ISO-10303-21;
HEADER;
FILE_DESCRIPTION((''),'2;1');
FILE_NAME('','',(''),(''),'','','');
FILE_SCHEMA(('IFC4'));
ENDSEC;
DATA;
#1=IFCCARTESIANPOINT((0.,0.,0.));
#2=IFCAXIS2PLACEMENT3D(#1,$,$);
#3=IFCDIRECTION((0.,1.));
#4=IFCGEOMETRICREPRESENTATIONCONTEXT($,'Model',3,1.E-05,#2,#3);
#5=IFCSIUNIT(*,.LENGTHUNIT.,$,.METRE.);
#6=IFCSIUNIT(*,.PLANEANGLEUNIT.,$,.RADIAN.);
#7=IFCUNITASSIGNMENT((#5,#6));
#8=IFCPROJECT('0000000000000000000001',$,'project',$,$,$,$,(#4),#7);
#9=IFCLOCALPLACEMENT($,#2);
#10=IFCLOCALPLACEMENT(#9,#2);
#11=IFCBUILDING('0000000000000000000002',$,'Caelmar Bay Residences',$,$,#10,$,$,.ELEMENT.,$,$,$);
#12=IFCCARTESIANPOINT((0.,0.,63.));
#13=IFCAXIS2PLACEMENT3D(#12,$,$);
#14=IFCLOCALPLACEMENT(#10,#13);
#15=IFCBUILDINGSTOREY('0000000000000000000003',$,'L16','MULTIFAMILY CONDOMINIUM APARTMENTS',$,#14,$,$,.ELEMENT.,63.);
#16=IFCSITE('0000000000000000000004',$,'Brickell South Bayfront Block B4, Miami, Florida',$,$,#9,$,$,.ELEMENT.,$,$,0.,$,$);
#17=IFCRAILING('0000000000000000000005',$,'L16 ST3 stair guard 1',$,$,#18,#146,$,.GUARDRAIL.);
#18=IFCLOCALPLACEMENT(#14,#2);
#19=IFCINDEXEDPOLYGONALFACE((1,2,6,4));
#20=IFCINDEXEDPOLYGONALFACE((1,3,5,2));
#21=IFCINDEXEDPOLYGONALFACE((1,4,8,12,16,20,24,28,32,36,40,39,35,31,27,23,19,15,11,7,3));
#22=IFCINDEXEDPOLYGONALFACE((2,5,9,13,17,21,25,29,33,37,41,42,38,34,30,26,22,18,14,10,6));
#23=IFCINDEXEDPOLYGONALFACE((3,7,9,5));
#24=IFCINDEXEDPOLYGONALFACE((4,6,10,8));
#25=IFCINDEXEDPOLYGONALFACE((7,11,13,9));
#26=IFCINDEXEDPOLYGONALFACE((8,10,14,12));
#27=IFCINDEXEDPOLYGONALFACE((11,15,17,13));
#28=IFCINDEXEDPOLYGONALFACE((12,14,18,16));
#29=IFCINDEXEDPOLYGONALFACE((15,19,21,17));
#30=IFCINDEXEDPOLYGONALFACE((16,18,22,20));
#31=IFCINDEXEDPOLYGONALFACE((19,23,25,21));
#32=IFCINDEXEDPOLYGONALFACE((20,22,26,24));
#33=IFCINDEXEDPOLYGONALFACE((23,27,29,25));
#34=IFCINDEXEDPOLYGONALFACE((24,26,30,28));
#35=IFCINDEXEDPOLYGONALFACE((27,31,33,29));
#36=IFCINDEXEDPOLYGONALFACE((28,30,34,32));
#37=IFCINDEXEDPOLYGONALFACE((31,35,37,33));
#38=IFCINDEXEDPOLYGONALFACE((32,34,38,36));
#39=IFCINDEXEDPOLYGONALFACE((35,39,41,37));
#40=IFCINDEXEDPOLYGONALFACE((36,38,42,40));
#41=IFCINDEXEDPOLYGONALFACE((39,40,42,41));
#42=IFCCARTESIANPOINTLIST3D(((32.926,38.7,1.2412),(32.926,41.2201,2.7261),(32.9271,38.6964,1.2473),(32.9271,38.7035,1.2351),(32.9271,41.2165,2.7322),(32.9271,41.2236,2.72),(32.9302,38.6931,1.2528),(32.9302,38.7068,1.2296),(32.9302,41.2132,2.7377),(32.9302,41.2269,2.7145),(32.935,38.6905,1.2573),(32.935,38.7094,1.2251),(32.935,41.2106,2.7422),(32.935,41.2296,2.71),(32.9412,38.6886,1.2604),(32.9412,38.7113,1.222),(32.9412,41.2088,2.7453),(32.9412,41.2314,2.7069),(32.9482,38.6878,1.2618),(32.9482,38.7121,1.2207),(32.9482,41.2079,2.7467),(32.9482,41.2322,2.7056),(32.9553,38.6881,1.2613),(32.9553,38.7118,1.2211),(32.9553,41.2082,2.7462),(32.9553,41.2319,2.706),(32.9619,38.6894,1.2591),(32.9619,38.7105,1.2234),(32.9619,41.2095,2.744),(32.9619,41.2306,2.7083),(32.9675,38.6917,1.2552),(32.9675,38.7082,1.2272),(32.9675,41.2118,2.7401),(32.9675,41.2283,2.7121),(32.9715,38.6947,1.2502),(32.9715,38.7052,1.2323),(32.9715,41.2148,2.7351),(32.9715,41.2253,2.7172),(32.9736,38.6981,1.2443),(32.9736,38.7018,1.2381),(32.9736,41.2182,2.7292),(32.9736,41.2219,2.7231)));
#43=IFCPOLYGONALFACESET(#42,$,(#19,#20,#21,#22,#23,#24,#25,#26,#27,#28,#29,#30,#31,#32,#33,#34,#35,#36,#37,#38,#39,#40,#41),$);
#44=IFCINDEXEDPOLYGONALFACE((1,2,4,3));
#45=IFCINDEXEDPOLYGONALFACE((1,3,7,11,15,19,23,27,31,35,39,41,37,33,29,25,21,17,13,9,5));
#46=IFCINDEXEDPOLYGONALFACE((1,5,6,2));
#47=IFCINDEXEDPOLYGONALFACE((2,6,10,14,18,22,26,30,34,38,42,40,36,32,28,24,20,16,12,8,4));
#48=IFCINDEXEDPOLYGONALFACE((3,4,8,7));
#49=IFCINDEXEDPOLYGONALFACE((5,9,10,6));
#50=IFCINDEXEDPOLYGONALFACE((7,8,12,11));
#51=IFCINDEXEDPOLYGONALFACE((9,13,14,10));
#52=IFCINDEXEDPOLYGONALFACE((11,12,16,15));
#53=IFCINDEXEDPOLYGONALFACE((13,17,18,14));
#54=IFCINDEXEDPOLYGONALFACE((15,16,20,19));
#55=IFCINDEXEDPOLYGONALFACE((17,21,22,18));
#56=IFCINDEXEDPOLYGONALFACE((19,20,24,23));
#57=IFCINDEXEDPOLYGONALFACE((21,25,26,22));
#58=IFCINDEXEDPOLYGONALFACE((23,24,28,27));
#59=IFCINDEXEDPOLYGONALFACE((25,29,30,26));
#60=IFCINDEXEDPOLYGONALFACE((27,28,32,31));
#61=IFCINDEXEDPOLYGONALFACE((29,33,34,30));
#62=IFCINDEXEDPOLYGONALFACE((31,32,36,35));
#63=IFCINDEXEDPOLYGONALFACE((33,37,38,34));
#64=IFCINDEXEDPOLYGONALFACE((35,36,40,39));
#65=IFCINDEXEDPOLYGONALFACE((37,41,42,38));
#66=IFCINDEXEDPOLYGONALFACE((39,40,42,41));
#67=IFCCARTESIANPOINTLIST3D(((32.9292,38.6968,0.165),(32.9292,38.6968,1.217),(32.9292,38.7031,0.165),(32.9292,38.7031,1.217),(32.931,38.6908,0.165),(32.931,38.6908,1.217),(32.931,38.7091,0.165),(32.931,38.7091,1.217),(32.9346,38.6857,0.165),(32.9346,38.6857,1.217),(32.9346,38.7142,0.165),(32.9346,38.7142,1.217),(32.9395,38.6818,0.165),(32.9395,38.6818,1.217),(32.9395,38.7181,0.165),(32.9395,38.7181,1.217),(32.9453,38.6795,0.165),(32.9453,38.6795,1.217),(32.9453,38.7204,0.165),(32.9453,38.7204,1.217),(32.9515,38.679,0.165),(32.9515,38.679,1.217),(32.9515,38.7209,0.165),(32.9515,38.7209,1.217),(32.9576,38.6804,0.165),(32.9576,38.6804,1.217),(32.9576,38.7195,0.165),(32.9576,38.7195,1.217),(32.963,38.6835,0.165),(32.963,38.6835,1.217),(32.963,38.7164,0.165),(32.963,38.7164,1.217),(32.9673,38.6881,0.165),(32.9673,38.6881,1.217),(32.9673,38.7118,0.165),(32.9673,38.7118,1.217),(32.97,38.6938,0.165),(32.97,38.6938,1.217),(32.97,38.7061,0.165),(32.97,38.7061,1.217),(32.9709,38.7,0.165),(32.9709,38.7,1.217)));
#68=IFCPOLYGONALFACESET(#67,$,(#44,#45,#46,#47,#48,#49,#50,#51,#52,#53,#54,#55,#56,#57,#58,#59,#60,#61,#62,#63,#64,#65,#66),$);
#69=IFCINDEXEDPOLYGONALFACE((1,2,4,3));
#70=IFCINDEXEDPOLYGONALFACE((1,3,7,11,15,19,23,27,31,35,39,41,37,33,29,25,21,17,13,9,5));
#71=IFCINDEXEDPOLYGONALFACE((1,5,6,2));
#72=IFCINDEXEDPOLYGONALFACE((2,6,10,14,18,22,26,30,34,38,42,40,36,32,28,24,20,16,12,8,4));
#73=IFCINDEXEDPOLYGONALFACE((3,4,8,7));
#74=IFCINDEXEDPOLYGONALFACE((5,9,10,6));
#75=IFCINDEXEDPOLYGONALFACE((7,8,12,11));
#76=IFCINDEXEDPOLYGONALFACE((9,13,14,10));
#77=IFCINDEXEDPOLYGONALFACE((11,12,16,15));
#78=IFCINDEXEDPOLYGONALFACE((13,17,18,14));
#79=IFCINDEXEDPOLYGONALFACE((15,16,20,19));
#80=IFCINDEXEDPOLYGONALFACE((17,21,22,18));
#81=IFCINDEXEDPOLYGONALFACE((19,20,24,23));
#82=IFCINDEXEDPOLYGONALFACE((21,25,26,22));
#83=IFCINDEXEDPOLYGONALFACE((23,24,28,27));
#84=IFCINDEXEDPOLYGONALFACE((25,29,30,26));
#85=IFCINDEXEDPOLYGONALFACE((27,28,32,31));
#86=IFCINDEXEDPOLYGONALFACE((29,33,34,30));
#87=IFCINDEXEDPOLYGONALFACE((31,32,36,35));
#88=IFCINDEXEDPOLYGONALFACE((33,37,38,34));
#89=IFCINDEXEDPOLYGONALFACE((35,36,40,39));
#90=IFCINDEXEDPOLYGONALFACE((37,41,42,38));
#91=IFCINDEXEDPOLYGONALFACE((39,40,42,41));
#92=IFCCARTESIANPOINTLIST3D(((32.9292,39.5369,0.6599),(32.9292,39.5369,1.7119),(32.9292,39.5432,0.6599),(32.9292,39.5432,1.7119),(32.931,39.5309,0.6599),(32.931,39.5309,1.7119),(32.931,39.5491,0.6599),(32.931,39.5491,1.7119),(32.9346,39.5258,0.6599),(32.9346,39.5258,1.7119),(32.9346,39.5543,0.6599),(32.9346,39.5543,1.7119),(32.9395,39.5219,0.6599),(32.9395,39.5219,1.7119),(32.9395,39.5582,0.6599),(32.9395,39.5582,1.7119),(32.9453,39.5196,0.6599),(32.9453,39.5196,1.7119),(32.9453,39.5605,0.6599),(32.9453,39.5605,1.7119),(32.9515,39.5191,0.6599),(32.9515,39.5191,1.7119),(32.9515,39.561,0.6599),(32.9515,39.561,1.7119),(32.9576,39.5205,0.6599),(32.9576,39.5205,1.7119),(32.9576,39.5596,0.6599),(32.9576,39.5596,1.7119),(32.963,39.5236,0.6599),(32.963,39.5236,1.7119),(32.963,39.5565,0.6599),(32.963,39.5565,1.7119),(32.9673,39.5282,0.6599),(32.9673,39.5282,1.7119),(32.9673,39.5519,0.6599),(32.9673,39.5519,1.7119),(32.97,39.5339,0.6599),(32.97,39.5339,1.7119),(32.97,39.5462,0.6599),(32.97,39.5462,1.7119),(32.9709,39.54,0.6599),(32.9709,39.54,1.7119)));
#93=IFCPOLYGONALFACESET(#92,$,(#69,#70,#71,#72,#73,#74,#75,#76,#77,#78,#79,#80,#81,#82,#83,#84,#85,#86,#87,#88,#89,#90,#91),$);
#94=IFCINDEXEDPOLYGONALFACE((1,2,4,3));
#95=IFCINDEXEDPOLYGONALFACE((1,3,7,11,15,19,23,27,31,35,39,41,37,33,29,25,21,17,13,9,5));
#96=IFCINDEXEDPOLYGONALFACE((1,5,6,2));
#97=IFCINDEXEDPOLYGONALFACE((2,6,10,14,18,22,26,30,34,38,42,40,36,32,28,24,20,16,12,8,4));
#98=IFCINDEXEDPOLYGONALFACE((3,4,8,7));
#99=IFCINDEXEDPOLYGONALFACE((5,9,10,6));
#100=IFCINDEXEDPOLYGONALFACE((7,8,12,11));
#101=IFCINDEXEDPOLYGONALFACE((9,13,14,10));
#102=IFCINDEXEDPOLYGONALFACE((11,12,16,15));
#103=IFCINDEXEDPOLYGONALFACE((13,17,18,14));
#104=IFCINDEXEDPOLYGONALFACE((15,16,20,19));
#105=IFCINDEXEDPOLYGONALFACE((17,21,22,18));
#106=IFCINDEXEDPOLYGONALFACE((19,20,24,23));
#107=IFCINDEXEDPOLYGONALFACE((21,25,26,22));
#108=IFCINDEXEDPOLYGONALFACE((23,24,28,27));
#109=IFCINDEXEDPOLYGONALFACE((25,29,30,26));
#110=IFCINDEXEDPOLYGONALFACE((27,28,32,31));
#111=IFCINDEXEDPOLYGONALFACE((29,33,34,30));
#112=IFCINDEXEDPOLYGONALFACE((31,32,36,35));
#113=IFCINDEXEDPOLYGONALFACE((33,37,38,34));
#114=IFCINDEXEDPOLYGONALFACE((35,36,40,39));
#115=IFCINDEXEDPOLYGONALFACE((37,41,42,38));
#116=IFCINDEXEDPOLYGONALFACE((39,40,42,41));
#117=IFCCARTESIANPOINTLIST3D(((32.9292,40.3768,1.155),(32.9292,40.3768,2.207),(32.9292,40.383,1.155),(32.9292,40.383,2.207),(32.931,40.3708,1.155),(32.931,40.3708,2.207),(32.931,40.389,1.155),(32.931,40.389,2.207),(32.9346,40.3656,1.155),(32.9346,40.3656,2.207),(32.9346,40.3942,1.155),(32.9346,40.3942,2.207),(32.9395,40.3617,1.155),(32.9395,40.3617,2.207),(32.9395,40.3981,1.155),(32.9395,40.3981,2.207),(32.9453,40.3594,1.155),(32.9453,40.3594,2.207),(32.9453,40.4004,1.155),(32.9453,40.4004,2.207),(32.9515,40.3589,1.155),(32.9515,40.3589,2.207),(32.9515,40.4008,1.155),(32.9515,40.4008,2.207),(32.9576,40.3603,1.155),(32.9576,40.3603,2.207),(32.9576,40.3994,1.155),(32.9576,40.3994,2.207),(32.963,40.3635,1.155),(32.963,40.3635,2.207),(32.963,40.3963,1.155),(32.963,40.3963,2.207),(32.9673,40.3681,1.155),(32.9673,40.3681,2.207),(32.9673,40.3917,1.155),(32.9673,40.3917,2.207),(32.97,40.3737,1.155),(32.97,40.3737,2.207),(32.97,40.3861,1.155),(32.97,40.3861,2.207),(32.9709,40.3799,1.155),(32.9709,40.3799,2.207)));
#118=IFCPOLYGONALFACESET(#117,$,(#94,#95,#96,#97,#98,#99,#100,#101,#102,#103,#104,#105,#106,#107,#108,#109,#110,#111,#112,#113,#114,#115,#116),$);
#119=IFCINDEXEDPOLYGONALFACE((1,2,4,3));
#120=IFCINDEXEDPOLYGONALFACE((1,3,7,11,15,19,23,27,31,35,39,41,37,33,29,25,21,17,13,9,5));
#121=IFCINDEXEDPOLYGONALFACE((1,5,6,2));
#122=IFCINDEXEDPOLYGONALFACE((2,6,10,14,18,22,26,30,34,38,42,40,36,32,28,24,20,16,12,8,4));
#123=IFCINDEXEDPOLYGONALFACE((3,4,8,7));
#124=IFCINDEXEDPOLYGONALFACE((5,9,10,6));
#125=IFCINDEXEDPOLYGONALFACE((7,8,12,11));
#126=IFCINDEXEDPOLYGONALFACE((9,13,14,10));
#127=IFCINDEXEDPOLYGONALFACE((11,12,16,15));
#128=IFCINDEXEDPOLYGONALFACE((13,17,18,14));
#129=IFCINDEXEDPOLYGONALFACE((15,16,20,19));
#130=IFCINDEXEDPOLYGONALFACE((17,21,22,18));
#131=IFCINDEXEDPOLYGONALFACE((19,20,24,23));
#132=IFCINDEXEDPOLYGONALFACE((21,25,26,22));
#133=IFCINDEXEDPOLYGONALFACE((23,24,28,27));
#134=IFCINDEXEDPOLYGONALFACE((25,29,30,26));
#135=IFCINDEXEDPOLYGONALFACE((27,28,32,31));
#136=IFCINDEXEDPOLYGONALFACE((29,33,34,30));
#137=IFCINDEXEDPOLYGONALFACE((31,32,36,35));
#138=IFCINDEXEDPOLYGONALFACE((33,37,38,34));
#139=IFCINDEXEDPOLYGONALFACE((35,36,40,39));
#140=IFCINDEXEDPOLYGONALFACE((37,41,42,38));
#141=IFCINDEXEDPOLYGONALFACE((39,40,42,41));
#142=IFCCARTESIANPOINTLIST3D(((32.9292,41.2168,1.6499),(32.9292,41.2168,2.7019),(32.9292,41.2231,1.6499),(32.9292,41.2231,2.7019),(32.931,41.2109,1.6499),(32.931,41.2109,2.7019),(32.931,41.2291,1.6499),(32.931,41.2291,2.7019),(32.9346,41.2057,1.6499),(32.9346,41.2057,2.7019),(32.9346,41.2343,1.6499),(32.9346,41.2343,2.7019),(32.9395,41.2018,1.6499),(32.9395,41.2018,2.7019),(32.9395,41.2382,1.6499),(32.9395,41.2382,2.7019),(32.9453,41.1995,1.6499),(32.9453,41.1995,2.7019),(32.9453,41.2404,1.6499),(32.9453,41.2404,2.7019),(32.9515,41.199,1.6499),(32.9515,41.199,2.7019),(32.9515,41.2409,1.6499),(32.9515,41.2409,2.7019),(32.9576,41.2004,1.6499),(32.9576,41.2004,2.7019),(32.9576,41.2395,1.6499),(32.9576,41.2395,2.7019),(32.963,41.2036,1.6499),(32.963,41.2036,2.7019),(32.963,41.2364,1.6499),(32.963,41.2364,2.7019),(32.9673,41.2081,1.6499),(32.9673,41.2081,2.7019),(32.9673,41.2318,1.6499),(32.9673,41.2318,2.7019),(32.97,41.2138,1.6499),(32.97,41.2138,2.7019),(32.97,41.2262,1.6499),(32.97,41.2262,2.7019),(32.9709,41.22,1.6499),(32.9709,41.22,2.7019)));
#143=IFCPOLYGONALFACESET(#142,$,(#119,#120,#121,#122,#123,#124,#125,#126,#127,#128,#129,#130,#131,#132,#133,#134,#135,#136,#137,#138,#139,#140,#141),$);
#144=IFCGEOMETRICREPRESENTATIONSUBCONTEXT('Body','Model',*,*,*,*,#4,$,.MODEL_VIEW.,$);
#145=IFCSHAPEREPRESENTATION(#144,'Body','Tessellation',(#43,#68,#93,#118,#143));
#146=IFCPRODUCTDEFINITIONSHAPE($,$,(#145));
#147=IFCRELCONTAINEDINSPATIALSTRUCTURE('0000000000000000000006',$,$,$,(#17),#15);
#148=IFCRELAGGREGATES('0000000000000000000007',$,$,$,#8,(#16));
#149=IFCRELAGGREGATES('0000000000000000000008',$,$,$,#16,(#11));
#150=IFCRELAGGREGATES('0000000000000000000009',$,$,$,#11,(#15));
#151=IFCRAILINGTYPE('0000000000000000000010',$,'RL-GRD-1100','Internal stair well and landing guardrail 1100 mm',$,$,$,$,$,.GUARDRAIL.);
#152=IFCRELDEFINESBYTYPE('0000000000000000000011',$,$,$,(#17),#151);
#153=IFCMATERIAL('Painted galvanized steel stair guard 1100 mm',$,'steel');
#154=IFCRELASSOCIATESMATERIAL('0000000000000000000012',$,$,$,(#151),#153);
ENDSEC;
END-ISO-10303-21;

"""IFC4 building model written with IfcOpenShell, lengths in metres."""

from ifc_helpers import new_model, si_unit, direction, frame, origin, origin_2d, place, context, subcontext, project, spatial, circle, extrude, material, type_object, element, save


model = new_model("IFC4")

# Units and contexts
model_context = context("Model", 3, precision=1e-05, world=origin(), true_north=direction((0.0, 1.0)))
body_context = subcontext(model_context, "Body", "Model", "MODEL_VIEW")
ifc_project = project(units=[si_unit("LENGTHUNIT", "METRE"), si_unit("PLANEANGLEUNIT", "RADIAN")], contexts=[model_context])

# Site, building, storey
site_placement = place(None, origin())
site = spatial("IfcSite", under=ifc_project, at=site_placement, Name="Brickell South Bayfront Block B4, Miami, Florida", CompositionType="ELEMENT", RefElevation=0.0)
building_placement = place(site_placement, origin())
building = spatial("IfcBuilding", under=site, at=building_placement, Name="Caelmar Bay Residences", CompositionType="ELEMENT")
storey_placement = place(building_placement, frame((0.0, 0.0, 63.0)))
storey = spatial("IfcBuildingStorey", under=building, at=storey_placement, Name="L16", Description="MULTIFAMILY CONDOMINIUM APARTMENTS", CompositionType="ELEMENT", Elevation=63.0)

# Railing
ifc_material_1 = material(Name="Painted galvanized steel stair guard 1100 mm", Category="steel")
railing_type_1 = type_object("IfcRailingType", Name="RL-GRD-1100", Description="Internal stair well and landing guardrail 1100 mm", PredefinedType="GUARDRAIL", material=ifc_material_1)
railing_1_placement = place(storey_placement, frame((32.95, 38.7, 0.165)))
element("IfcRailing", 1, at=railing_1_placement, inside=storey, type_object=railing_type_1, Name="L16 ST3 stair guard 1", PredefinedType="GUARDRAIL", context=body_context, shape_type="SweptSolid", body=[
    extrude(circle(Radius=0.0239, at=origin_2d()), frame((0.0, 0.0, 1.0762), z_axis=(0.0, 0.861561, 0.507655), x_axis=(-1.0, 0.0, 0.0)), (0.0, 0.0, 1.0), 2.925),
    extrude(circle(Radius=0.021, at=origin_2d()), origin(), (0.0, 0.0, 1.0), 1.052),
    extrude(circle(Radius=0.021, at=origin_2d()), frame((0.0, 0.8401, 0.4949)), (0.0, 0.0, 1.0), 1.052),
    extrude(circle(Radius=0.021, at=origin_2d()), frame((0.0, 1.6799, 0.99)), (0.0, 0.0, 1.0), 1.052),
    extrude(circle(Radius=0.021, at=origin_2d()), frame((0.0, 2.52, 1.4849)), (0.0, 0.0, 1.0), 1.052),
])

save(model, "model.ifc")
